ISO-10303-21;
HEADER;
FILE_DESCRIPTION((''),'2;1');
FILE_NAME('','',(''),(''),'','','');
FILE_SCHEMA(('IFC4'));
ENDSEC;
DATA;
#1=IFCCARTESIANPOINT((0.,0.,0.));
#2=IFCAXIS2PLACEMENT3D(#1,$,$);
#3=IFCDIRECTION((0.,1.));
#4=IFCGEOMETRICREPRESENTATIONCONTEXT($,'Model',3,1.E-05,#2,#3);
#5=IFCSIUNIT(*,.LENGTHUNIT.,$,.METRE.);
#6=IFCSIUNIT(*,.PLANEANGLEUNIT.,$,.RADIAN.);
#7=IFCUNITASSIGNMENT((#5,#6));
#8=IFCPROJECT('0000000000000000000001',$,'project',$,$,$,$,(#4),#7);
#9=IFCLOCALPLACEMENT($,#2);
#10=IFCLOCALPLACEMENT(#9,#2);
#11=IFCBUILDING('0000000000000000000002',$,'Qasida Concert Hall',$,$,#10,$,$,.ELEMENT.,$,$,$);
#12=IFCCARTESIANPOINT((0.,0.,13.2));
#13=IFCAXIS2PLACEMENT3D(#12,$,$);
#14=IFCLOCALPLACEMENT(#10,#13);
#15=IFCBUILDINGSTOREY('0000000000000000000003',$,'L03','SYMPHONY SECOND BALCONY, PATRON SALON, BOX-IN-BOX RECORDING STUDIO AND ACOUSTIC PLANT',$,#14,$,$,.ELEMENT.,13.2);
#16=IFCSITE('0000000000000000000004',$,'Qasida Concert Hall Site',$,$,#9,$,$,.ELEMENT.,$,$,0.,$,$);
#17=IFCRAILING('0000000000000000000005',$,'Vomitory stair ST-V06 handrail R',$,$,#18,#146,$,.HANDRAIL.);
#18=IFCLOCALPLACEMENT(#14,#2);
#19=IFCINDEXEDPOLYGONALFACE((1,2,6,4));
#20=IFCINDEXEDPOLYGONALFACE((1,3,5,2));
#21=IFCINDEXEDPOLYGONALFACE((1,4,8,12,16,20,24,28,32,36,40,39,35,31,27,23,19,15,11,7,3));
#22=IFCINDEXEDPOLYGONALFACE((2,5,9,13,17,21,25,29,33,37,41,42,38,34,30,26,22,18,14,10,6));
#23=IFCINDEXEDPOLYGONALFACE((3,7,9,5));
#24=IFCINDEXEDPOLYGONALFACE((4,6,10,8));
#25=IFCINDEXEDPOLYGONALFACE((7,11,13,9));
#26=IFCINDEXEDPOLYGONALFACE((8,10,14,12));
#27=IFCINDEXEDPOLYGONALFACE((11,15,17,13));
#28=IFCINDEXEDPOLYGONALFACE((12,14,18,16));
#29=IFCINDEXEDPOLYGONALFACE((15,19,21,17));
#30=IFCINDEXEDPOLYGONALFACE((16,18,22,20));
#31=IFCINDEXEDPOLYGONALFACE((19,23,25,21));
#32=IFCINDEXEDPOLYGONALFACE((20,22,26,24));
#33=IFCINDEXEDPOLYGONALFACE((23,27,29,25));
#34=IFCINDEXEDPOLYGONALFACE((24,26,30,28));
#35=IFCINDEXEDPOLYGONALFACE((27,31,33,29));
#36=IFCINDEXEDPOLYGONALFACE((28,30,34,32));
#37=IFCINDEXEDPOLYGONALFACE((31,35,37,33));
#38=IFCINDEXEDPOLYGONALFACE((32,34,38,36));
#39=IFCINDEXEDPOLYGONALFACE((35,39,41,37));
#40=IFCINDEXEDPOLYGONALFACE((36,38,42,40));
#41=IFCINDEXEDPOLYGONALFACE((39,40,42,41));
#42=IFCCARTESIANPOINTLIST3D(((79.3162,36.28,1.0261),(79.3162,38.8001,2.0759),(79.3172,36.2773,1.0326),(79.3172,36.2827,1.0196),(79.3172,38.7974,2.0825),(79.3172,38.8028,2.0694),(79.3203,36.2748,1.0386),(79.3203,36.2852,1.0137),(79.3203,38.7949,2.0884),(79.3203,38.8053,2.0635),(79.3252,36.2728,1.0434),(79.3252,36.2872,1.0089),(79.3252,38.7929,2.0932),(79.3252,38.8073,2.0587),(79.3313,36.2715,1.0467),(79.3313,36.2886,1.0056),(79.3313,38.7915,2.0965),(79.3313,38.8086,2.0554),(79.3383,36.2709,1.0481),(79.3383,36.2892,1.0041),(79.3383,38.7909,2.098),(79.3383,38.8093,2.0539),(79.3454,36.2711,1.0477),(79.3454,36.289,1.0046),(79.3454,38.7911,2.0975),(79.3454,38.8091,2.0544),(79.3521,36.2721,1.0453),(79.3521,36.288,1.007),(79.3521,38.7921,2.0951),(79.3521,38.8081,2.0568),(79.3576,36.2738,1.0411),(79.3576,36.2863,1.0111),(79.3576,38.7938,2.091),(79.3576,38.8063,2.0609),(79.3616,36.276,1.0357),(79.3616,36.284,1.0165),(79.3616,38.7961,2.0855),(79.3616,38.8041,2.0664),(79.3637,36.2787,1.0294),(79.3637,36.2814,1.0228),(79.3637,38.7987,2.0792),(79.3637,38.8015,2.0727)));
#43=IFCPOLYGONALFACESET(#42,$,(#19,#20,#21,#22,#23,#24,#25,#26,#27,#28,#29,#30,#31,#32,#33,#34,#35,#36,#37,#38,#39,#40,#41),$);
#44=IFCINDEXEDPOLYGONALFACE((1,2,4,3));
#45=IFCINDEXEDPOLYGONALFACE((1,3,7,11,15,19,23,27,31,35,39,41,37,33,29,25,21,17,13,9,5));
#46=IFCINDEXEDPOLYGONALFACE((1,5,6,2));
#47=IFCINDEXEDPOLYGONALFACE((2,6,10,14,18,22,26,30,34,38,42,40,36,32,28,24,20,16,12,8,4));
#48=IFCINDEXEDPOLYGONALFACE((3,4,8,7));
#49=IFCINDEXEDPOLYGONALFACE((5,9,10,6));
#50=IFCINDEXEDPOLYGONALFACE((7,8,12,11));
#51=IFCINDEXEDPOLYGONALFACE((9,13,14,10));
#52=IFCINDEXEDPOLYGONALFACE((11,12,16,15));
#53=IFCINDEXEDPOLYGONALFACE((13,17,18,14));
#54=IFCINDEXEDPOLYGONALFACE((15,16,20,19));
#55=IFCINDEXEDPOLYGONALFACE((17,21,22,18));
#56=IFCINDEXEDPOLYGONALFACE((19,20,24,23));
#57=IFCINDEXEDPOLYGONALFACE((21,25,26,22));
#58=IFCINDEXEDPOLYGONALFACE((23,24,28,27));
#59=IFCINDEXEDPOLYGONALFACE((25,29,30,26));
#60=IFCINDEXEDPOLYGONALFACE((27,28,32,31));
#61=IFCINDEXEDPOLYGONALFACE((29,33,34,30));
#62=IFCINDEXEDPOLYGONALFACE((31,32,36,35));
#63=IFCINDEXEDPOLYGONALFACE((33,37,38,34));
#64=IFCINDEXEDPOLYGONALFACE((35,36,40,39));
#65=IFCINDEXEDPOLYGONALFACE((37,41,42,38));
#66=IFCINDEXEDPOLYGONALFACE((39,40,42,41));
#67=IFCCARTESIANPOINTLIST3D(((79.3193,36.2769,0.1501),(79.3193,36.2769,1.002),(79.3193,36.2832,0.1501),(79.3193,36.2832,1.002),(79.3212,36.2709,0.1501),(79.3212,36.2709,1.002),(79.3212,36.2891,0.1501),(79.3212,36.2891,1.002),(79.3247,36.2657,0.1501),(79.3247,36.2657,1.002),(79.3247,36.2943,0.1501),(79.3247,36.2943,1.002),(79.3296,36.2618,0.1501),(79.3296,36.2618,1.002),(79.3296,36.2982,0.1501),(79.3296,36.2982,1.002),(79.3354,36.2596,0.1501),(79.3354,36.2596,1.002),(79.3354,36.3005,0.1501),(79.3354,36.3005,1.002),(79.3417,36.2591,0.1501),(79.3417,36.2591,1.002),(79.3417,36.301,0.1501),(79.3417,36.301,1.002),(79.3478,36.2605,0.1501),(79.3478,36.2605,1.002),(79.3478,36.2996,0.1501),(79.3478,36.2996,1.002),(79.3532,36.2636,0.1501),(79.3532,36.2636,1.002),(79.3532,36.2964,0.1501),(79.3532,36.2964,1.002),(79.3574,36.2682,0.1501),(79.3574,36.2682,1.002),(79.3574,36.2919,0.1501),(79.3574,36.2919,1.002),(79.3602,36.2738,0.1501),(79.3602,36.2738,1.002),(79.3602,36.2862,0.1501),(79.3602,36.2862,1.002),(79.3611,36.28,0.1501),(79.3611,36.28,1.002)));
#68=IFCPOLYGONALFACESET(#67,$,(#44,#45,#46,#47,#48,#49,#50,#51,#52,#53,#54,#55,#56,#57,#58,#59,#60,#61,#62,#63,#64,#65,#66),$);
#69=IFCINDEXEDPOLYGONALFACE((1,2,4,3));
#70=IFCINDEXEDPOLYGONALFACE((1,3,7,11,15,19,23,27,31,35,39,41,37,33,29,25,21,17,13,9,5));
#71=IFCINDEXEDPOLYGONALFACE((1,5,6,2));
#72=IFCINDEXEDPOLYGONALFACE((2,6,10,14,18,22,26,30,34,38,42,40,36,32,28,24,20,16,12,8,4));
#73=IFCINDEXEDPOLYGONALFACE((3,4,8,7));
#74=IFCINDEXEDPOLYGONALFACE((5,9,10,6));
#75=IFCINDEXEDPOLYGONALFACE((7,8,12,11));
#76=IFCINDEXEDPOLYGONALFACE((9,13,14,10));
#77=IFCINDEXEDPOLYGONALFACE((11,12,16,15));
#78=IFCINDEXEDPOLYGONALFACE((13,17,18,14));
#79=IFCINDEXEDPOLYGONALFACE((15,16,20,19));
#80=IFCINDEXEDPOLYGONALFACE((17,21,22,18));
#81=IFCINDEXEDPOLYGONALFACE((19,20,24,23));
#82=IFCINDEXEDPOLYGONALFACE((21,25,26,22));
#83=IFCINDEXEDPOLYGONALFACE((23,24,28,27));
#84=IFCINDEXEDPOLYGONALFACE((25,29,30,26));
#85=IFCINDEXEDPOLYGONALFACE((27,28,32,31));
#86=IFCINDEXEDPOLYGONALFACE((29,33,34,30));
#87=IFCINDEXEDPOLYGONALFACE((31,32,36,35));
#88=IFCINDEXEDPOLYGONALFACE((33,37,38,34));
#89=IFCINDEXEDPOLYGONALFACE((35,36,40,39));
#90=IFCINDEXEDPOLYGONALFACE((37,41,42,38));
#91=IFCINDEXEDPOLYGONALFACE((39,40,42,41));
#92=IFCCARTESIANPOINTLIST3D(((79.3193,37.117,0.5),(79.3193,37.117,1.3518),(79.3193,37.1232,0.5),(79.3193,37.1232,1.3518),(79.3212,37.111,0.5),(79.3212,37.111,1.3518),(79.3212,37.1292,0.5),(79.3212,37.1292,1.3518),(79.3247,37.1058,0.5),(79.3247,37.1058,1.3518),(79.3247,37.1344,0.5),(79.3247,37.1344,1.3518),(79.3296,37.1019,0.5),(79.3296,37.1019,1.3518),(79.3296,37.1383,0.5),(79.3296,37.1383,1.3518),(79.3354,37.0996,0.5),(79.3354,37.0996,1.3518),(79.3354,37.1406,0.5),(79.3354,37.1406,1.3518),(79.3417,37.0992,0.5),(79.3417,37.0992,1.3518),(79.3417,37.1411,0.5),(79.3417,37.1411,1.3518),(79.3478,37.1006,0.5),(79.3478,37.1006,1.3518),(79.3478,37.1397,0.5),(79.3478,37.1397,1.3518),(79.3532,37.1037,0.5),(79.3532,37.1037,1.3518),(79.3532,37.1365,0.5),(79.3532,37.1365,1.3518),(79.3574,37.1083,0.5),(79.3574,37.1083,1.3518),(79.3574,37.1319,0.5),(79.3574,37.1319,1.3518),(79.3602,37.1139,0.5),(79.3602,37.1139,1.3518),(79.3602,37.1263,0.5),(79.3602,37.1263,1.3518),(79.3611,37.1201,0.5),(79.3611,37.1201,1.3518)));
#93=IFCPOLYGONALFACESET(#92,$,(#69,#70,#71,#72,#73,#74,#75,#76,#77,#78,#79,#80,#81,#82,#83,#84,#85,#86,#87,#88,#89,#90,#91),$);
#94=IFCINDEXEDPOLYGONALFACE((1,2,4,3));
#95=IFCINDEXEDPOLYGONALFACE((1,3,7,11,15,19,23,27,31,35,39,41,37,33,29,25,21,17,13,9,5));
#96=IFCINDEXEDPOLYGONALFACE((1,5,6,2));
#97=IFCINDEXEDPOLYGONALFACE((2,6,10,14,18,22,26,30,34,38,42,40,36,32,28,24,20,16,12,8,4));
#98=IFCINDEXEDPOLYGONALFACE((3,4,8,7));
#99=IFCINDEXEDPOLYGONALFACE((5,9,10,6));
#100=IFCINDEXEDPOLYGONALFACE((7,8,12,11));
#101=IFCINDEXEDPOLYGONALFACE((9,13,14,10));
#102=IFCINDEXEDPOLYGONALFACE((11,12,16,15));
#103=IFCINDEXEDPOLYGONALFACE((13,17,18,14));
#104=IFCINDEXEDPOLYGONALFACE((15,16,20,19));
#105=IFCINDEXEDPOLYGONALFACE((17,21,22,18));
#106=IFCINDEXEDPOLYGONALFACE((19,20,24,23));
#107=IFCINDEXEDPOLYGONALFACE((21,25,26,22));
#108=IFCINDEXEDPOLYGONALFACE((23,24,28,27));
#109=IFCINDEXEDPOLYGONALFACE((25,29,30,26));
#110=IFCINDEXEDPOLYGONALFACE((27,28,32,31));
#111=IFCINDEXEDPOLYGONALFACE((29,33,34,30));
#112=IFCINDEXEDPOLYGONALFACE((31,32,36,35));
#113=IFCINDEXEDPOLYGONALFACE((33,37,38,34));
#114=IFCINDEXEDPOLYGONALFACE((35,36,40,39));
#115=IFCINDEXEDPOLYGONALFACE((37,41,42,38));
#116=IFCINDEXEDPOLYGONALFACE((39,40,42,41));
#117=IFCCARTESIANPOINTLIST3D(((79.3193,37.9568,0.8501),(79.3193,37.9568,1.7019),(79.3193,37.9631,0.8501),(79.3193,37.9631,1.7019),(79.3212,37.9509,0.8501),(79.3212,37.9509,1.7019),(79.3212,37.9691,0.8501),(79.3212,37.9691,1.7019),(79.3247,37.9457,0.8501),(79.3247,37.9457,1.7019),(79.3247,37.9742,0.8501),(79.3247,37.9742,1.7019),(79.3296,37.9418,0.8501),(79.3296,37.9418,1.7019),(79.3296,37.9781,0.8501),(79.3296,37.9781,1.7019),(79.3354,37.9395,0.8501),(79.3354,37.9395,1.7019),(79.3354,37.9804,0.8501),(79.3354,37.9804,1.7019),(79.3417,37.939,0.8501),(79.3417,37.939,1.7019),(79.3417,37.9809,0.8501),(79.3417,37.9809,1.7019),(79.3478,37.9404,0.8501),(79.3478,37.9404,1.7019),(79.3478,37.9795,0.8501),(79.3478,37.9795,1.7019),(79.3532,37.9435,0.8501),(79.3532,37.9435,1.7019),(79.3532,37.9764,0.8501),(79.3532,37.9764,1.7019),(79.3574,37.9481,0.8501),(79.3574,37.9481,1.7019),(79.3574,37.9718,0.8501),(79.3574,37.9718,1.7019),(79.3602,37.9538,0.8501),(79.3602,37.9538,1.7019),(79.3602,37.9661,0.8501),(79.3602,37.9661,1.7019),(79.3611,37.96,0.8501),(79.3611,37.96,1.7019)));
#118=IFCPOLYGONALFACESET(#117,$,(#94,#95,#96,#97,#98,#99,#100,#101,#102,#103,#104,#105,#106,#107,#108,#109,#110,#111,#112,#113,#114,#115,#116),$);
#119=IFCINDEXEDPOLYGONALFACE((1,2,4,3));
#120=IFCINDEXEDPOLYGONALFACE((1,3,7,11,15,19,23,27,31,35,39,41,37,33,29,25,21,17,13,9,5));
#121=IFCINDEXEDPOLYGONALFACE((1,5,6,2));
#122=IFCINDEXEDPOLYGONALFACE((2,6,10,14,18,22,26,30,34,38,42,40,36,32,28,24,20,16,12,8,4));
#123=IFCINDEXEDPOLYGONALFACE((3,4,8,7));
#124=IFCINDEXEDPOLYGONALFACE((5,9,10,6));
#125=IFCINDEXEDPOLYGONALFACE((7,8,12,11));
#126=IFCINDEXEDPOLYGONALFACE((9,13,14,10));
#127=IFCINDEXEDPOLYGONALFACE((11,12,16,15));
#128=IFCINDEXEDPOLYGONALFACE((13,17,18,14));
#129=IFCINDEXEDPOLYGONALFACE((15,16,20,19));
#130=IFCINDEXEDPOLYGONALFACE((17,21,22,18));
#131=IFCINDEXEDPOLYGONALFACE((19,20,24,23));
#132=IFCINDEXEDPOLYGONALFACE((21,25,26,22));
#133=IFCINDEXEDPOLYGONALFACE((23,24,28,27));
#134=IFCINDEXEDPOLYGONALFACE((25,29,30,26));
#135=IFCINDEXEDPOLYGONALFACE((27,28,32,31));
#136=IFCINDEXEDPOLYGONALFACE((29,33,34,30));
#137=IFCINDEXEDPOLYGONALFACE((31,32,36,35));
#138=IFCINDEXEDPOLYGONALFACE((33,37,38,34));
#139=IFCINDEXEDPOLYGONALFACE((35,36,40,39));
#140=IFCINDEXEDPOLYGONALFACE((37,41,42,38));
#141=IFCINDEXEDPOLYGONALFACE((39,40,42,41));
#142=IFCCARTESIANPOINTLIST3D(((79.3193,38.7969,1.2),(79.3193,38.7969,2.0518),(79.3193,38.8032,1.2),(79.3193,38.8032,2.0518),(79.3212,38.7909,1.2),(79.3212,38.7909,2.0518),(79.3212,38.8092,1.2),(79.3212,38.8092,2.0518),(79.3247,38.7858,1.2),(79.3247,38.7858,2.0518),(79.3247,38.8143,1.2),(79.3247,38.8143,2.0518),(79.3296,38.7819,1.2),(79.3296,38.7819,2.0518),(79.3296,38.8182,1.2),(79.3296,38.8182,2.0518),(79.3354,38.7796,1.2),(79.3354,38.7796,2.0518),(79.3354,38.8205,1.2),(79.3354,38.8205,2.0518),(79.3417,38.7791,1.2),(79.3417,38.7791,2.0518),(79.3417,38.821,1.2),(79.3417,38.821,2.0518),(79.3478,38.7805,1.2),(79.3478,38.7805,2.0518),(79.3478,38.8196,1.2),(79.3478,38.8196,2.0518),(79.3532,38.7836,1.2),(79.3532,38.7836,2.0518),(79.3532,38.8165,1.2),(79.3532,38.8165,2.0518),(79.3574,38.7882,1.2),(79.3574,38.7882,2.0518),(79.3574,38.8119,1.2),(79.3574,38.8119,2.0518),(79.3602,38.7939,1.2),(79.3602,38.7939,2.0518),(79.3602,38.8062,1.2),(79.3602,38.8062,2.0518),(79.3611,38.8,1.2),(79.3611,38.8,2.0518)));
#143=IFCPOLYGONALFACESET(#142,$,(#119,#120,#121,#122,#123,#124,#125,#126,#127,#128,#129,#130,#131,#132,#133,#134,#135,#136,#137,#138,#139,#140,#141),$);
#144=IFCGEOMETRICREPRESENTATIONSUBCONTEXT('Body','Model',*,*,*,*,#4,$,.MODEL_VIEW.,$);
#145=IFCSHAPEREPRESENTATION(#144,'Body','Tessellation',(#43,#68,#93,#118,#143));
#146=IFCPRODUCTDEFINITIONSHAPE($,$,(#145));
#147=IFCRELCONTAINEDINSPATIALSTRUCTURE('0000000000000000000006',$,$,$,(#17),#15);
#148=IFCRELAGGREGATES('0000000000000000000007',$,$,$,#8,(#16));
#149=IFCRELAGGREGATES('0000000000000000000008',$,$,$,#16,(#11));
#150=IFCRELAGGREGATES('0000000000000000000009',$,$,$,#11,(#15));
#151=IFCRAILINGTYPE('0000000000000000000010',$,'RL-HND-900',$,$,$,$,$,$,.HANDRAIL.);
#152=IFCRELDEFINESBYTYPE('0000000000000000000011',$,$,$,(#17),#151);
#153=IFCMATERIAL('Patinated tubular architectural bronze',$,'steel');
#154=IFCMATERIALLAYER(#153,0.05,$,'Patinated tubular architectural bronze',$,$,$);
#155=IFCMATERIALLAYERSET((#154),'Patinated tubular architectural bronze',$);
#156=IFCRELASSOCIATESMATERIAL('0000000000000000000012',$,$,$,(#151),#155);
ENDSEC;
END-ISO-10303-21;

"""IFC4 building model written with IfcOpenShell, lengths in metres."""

from ifc_helpers import new_model, si_unit, direction, frame, origin, origin_2d, place, context, subcontext, project, spatial, circle, extrude, material, layer, layer_set, type_object, element, save


model = new_model("IFC4")

# Units and contexts
model_context = context("Model", 3, precision=1e-05, world=origin(), true_north=direction((0.0, 1.0)))
body_context = subcontext(model_context, "Body", "Model", "MODEL_VIEW")
ifc_project = project(units=[si_unit("LENGTHUNIT", "METRE"), si_unit("PLANEANGLEUNIT", "RADIAN")], contexts=[model_context])

# Site, building, storey
site_placement = place(None, origin())
site = spatial("IfcSite", under=ifc_project, at=site_placement, Name="Qasida Concert Hall Site", CompositionType="ELEMENT", RefElevation=0.0)
building_placement = place(site_placement, origin())
building = spatial("IfcBuilding", under=site, at=building_placement, Name="Qasida Concert Hall", CompositionType="ELEMENT")
storey_placement = place(building_placement, frame((0.0, 0.0, 13.2)))
storey = spatial("IfcBuildingStorey", under=building, at=storey_placement, Name="L03", Description="SYMPHONY SECOND BALCONY, PATRON SALON, BOX-IN-BOX RECORDING STUDIO AND ACOUSTIC PLANT", CompositionType="ELEMENT", Elevation=13.2)

# Railing
ifc_material_1 = material(Name="Patinated tubular architectural bronze", Category="steel")
ifc_layer_1 = layer(ifc_material_1, 0.05, Name="Patinated tubular architectural bronze")
ifc_layer_set_1 = layer_set([ifc_layer_1], Name="Patinated tubular architectural bronze")
railing_type_1 = type_object("IfcRailingType", Name="RL-HND-900", PredefinedType="HANDRAIL", material=ifc_layer_set_1)
for number, where, name in (
    (1, (79.3401, 36.28, 0.1501), "Vomitory stair ST-V06 handrail R"),
):
    element("IfcRailing", number, at=place(storey_placement, frame(where)), inside=storey, type_object=railing_type_1, Name=name, PredefinedType="HANDRAIL", context=body_context, shape_type="SweptSolid", body=[
        extrude(circle(Radius=0.0239, at=origin_2d()), frame((0.0, 0.0, 0.876), z_axis=(0.0, 0.923103, 0.384552), x_axis=(-1.0, 0.0, 0.0)), (0.0, 0.0, 1.0), 2.73),
        extrude(circle(Radius=0.021, at=origin_2d()), origin(), (0.0, 0.0, 1.0), 0.8518),
        extrude(circle(Radius=0.021, at=origin_2d()), frame((0.0, 0.8401, 0.3499)), (0.0, 0.0, 1.0), 0.8518),
        extrude(circle(Radius=0.021, at=origin_2d()), frame((0.0, 1.6799, 0.7)), (0.0, 0.0, 1.0), 0.8518),
        extrude(circle(Radius=0.021, at=origin_2d()), frame((0.0, 2.52, 1.0498)), (0.0, 0.0, 1.0), 0.8518),
    ])

save(model, "model.ifc")
